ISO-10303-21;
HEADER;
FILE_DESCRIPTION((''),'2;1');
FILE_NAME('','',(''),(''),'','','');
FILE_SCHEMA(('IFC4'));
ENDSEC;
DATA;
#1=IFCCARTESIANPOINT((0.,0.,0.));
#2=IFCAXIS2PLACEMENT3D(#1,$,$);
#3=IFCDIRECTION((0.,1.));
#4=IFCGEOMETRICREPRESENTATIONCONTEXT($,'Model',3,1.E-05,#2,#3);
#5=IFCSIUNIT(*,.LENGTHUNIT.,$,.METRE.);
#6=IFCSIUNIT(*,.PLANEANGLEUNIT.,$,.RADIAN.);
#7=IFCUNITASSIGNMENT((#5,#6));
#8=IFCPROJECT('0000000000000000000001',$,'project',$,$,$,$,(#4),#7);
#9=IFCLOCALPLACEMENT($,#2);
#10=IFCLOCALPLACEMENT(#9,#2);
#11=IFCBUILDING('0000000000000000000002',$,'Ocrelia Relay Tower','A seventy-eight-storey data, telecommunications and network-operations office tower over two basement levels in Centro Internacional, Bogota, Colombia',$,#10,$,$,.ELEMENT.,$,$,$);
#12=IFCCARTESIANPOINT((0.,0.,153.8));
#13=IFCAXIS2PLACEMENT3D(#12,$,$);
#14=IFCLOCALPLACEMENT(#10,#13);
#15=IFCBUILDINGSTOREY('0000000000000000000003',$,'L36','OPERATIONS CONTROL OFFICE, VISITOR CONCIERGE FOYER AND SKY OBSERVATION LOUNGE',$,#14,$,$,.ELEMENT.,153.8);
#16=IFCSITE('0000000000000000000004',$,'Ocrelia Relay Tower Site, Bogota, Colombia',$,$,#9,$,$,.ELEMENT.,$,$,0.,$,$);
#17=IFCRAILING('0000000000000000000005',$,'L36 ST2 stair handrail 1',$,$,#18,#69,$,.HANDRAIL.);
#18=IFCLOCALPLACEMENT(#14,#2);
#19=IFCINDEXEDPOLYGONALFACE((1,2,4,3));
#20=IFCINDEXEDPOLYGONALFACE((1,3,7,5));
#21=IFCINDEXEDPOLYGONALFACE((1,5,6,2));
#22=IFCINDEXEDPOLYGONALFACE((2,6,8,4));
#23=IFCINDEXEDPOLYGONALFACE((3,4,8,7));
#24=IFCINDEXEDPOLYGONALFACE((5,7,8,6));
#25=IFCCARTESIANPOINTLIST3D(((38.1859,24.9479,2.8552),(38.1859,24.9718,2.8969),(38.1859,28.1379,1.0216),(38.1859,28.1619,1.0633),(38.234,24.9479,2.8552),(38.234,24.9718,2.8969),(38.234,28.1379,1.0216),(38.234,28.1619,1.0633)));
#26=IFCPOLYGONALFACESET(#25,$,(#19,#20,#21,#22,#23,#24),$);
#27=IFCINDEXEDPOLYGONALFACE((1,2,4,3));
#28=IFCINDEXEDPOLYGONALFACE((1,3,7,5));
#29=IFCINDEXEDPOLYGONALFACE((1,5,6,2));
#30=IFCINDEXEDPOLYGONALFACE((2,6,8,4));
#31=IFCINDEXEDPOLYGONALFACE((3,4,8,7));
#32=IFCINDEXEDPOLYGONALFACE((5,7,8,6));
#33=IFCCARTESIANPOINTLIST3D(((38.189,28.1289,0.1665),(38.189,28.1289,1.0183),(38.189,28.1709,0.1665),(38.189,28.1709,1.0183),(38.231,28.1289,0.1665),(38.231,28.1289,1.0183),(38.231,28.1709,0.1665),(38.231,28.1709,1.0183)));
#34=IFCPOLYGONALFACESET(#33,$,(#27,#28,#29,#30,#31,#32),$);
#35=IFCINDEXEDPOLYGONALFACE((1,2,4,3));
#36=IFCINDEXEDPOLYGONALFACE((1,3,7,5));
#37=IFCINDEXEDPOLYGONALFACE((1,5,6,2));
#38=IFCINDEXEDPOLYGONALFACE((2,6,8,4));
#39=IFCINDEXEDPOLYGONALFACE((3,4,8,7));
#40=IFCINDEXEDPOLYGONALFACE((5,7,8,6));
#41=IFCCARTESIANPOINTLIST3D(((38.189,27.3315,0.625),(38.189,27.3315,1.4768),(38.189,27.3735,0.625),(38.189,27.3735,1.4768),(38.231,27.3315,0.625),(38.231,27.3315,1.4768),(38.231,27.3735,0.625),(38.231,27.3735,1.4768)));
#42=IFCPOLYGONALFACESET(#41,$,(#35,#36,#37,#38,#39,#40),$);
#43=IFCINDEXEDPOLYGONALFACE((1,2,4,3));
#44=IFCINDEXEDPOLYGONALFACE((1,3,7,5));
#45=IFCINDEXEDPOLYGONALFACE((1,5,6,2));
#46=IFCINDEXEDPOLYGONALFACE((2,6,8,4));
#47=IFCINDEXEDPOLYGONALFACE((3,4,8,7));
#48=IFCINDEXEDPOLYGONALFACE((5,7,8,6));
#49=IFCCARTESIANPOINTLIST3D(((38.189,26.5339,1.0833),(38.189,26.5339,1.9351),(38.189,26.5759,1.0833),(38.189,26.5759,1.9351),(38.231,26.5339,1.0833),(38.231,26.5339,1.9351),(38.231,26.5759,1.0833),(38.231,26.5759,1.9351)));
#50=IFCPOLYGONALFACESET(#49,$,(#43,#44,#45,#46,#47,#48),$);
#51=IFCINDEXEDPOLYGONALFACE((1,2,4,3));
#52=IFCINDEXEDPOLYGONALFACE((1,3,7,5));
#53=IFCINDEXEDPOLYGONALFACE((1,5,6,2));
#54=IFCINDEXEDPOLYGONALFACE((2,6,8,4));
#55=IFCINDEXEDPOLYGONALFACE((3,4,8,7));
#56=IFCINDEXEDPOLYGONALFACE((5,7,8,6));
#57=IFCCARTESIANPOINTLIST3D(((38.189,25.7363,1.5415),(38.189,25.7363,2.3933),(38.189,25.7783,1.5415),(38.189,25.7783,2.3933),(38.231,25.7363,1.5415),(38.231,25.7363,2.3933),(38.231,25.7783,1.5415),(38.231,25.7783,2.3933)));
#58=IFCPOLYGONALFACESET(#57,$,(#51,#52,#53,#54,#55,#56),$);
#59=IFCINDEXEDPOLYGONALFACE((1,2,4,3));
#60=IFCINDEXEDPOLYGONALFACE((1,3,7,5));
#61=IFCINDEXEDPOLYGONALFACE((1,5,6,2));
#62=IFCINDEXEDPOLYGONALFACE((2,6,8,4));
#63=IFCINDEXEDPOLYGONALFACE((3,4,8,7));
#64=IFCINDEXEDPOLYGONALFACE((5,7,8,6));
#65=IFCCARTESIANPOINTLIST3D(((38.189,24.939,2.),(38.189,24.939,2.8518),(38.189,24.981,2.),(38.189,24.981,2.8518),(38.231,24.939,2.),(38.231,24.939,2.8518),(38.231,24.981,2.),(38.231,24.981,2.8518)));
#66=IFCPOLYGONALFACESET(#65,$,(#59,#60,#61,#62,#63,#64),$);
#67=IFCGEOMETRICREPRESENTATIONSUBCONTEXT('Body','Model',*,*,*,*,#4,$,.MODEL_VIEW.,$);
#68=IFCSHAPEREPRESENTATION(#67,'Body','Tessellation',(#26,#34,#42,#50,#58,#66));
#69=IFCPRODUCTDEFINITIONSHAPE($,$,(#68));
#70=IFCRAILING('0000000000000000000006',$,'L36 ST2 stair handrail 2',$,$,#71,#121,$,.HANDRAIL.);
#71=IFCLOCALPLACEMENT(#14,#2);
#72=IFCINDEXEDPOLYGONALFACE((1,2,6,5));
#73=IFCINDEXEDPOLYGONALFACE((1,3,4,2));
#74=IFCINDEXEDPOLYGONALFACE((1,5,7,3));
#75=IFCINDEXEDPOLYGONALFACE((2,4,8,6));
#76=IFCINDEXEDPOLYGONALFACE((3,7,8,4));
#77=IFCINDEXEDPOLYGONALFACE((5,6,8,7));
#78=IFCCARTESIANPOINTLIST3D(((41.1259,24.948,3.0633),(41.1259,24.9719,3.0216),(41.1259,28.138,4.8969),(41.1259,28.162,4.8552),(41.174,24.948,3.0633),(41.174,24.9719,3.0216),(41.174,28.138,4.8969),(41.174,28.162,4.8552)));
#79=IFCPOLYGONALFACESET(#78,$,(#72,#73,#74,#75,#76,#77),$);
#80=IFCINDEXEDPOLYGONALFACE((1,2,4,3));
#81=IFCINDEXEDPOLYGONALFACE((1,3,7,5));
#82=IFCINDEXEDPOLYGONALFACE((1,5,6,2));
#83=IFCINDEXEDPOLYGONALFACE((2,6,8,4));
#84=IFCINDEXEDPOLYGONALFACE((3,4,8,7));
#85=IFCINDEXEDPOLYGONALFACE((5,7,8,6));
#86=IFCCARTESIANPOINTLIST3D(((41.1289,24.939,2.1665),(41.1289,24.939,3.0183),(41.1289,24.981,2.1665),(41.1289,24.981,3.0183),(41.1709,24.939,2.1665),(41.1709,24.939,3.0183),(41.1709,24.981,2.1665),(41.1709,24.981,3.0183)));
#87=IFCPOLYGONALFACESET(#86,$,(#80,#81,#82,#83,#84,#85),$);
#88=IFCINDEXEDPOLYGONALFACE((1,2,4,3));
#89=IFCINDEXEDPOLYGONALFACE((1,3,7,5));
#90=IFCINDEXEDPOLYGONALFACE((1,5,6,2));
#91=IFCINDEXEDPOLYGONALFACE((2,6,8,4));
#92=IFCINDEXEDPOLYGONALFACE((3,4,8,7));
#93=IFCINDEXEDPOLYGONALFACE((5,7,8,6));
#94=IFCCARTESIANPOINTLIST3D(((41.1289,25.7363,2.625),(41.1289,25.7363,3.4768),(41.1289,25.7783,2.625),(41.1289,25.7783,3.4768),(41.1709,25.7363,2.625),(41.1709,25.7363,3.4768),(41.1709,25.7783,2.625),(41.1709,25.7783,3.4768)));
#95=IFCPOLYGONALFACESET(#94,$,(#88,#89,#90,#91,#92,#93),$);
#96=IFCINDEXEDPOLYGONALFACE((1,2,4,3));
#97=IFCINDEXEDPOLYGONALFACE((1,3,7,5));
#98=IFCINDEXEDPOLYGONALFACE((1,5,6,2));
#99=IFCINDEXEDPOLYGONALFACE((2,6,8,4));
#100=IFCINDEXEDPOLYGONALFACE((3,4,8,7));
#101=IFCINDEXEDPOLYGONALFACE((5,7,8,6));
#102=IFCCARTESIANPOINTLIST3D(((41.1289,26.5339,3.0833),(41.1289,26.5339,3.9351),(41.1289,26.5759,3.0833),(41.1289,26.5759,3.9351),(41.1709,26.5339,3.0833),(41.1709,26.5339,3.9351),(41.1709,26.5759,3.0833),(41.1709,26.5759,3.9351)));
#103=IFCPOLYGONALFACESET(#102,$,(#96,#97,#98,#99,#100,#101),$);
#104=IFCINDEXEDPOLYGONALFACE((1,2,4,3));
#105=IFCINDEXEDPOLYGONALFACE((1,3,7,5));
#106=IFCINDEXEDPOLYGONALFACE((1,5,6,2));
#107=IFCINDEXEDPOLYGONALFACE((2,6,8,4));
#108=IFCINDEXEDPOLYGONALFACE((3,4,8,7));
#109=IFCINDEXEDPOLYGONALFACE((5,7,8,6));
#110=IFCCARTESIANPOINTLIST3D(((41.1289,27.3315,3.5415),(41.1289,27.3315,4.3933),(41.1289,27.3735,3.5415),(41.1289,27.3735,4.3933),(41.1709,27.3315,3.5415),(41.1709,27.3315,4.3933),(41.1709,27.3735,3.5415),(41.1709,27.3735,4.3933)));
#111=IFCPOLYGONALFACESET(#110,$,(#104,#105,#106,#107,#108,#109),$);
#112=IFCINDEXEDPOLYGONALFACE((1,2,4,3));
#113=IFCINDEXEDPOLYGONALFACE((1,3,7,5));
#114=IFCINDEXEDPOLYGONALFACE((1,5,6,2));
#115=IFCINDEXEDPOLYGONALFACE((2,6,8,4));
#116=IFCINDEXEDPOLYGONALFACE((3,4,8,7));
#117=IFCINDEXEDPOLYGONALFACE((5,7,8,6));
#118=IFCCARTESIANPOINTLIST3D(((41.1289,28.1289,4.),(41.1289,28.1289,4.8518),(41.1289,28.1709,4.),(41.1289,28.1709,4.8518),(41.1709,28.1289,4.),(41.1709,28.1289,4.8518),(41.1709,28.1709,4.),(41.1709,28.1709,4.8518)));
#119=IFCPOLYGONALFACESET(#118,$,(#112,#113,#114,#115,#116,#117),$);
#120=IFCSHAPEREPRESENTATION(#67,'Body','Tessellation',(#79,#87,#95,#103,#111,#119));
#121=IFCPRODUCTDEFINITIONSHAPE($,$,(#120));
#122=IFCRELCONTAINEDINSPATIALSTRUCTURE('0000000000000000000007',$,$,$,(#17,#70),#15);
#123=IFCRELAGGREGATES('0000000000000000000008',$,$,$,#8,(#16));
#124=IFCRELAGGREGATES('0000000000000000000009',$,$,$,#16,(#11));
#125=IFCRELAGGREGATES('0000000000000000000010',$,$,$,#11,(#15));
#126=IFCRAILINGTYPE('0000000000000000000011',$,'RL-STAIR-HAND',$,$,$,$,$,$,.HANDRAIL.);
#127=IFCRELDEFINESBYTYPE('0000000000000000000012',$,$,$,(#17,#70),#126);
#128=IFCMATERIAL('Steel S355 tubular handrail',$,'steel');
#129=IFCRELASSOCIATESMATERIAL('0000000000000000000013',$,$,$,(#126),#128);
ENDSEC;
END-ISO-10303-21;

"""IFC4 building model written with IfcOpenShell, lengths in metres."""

from ifc_helpers import new_model, si_unit, direction, frame, origin, origin_2d, place, context, subcontext, project, spatial, rectangle, extrude, material, type_object, element, save


model = new_model("IFC4")

# Units and contexts
model_context = context("Model", 3, precision=1e-05, world=origin(), true_north=direction((0.0, 1.0)))
body_context = subcontext(model_context, "Body", "Model", "MODEL_VIEW")
ifc_project = project(units=[si_unit("LENGTHUNIT", "METRE"), si_unit("PLANEANGLEUNIT", "RADIAN")], contexts=[model_context])

# Site, building, storey
site_placement = place(None, origin())
site = spatial("IfcSite", under=ifc_project, at=site_placement, Name="Ocrelia Relay Tower Site, Bogota, Colombia", CompositionType="ELEMENT", RefElevation=0.0)
building_placement = place(site_placement, origin())
building = spatial("IfcBuilding", under=site, at=building_placement, Name="Ocrelia Relay Tower", Description="A seventy-eight-storey data, telecommunications and network-operations office tower over two basement levels in Centro Internacional, Bogota, Colombia", CompositionType="ELEMENT")
storey_placement = place(building_placement, frame((0.0, 0.0, 153.8)))
storey = spatial("IfcBuildingStorey", under=building, at=storey_placement, Name="L36", Description="OPERATIONS CONTROL OFFICE, VISITOR CONCIERGE FOYER AND SKY OBSERVATION LOUNGE", CompositionType="ELEMENT", Elevation=153.8)

# Railings
ifc_material_1 = material(Name="Steel S355 tubular handrail", Category="steel")
railing_type_1 = type_object("IfcRailingType", Name="RL-STAIR-HAND", PredefinedType="HANDRAIL", material=ifc_material_1)
railing_1_placement = place(storey_placement, frame((38.21, 28.1499, 0.1665)))
element("IfcRailing", 1, at=railing_1_placement, inside=storey, type_object=railing_type_1, Name="L36 ST2 stair handrail 1", PredefinedType="HANDRAIL", context=body_context, shape_type="SweptSolid", body=[
    extrude(rectangle(XDim=0.0481, YDim=0.0481, at=origin_2d()), frame((0.0, 0.0, 0.876), z_axis=(0.0, -0.866991, 0.498324), x_axis=(1.0, 0.0, 0.0)), (0.0, 0.0, 1.0), 3.6794),
    extrude(rectangle(XDim=0.042, YDim=0.042, at=origin_2d()), origin(), (0.0, 0.0, 1.0), 0.8518),
    extrude(rectangle(XDim=0.042, YDim=0.042, at=origin_2d()), frame((0.0, -0.7974, 0.4585)), (0.0, 0.0, 1.0), 0.8518),
    extrude(rectangle(XDim=0.042, YDim=0.042, at=origin_2d()), frame((0.0, -1.595, 0.9167)), (0.0, 0.0, 1.0), 0.8518),
    extrude(rectangle(XDim=0.042, YDim=0.042, at=origin_2d()), frame((0.0, -2.3926, 1.375)), (0.0, 0.0, 1.0), 0.8518),
    extrude(rectangle(XDim=0.042, YDim=0.042, at=origin_2d()), frame((0.0, -3.1899, 1.8335)), (0.0, 0.0, 1.0), 0.8518),
])
railing_2_placement = place(storey_placement, frame((41.1499, 24.96, 2.1665)))
element("IfcRailing", 2, at=railing_2_placement, inside=storey, type_object=railing_type_1, Name="L36 ST2 stair handrail 2", PredefinedType="HANDRAIL", context=body_context, shape_type="SweptSolid", body=[
    extrude(rectangle(XDim=0.0481, YDim=0.0481, at=origin_2d()), frame((0.0, 0.0, 0.876), z_axis=(0.0, 0.866991, 0.498324), x_axis=(-1.0, 0.0, 0.0)), (0.0, 0.0, 1.0), 3.6794),
    extrude(rectangle(XDim=0.042, YDim=0.042, at=origin_2d()), origin(), (0.0, 0.0, 1.0), 0.8518),
    extrude(rectangle(XDim=0.042, YDim=0.042, at=origin_2d()), frame((0.0, 0.7974, 0.4585)), (0.0, 0.0, 1.0), 0.8518),
    extrude(rectangle(XDim=0.042, YDim=0.042, at=origin_2d()), frame((0.0, 1.595, 0.9167)), (0.0, 0.0, 1.0), 0.8518),
    extrude(rectangle(XDim=0.042, YDim=0.042, at=origin_2d()), frame((0.0, 2.3926, 1.375)), (0.0, 0.0, 1.0), 0.8518),
    extrude(rectangle(XDim=0.042, YDim=0.042, at=origin_2d()), frame((0.0, 3.1899, 1.8335)), (0.0, 0.0, 1.0), 0.8518),
])

save(model, "model.ifc")
